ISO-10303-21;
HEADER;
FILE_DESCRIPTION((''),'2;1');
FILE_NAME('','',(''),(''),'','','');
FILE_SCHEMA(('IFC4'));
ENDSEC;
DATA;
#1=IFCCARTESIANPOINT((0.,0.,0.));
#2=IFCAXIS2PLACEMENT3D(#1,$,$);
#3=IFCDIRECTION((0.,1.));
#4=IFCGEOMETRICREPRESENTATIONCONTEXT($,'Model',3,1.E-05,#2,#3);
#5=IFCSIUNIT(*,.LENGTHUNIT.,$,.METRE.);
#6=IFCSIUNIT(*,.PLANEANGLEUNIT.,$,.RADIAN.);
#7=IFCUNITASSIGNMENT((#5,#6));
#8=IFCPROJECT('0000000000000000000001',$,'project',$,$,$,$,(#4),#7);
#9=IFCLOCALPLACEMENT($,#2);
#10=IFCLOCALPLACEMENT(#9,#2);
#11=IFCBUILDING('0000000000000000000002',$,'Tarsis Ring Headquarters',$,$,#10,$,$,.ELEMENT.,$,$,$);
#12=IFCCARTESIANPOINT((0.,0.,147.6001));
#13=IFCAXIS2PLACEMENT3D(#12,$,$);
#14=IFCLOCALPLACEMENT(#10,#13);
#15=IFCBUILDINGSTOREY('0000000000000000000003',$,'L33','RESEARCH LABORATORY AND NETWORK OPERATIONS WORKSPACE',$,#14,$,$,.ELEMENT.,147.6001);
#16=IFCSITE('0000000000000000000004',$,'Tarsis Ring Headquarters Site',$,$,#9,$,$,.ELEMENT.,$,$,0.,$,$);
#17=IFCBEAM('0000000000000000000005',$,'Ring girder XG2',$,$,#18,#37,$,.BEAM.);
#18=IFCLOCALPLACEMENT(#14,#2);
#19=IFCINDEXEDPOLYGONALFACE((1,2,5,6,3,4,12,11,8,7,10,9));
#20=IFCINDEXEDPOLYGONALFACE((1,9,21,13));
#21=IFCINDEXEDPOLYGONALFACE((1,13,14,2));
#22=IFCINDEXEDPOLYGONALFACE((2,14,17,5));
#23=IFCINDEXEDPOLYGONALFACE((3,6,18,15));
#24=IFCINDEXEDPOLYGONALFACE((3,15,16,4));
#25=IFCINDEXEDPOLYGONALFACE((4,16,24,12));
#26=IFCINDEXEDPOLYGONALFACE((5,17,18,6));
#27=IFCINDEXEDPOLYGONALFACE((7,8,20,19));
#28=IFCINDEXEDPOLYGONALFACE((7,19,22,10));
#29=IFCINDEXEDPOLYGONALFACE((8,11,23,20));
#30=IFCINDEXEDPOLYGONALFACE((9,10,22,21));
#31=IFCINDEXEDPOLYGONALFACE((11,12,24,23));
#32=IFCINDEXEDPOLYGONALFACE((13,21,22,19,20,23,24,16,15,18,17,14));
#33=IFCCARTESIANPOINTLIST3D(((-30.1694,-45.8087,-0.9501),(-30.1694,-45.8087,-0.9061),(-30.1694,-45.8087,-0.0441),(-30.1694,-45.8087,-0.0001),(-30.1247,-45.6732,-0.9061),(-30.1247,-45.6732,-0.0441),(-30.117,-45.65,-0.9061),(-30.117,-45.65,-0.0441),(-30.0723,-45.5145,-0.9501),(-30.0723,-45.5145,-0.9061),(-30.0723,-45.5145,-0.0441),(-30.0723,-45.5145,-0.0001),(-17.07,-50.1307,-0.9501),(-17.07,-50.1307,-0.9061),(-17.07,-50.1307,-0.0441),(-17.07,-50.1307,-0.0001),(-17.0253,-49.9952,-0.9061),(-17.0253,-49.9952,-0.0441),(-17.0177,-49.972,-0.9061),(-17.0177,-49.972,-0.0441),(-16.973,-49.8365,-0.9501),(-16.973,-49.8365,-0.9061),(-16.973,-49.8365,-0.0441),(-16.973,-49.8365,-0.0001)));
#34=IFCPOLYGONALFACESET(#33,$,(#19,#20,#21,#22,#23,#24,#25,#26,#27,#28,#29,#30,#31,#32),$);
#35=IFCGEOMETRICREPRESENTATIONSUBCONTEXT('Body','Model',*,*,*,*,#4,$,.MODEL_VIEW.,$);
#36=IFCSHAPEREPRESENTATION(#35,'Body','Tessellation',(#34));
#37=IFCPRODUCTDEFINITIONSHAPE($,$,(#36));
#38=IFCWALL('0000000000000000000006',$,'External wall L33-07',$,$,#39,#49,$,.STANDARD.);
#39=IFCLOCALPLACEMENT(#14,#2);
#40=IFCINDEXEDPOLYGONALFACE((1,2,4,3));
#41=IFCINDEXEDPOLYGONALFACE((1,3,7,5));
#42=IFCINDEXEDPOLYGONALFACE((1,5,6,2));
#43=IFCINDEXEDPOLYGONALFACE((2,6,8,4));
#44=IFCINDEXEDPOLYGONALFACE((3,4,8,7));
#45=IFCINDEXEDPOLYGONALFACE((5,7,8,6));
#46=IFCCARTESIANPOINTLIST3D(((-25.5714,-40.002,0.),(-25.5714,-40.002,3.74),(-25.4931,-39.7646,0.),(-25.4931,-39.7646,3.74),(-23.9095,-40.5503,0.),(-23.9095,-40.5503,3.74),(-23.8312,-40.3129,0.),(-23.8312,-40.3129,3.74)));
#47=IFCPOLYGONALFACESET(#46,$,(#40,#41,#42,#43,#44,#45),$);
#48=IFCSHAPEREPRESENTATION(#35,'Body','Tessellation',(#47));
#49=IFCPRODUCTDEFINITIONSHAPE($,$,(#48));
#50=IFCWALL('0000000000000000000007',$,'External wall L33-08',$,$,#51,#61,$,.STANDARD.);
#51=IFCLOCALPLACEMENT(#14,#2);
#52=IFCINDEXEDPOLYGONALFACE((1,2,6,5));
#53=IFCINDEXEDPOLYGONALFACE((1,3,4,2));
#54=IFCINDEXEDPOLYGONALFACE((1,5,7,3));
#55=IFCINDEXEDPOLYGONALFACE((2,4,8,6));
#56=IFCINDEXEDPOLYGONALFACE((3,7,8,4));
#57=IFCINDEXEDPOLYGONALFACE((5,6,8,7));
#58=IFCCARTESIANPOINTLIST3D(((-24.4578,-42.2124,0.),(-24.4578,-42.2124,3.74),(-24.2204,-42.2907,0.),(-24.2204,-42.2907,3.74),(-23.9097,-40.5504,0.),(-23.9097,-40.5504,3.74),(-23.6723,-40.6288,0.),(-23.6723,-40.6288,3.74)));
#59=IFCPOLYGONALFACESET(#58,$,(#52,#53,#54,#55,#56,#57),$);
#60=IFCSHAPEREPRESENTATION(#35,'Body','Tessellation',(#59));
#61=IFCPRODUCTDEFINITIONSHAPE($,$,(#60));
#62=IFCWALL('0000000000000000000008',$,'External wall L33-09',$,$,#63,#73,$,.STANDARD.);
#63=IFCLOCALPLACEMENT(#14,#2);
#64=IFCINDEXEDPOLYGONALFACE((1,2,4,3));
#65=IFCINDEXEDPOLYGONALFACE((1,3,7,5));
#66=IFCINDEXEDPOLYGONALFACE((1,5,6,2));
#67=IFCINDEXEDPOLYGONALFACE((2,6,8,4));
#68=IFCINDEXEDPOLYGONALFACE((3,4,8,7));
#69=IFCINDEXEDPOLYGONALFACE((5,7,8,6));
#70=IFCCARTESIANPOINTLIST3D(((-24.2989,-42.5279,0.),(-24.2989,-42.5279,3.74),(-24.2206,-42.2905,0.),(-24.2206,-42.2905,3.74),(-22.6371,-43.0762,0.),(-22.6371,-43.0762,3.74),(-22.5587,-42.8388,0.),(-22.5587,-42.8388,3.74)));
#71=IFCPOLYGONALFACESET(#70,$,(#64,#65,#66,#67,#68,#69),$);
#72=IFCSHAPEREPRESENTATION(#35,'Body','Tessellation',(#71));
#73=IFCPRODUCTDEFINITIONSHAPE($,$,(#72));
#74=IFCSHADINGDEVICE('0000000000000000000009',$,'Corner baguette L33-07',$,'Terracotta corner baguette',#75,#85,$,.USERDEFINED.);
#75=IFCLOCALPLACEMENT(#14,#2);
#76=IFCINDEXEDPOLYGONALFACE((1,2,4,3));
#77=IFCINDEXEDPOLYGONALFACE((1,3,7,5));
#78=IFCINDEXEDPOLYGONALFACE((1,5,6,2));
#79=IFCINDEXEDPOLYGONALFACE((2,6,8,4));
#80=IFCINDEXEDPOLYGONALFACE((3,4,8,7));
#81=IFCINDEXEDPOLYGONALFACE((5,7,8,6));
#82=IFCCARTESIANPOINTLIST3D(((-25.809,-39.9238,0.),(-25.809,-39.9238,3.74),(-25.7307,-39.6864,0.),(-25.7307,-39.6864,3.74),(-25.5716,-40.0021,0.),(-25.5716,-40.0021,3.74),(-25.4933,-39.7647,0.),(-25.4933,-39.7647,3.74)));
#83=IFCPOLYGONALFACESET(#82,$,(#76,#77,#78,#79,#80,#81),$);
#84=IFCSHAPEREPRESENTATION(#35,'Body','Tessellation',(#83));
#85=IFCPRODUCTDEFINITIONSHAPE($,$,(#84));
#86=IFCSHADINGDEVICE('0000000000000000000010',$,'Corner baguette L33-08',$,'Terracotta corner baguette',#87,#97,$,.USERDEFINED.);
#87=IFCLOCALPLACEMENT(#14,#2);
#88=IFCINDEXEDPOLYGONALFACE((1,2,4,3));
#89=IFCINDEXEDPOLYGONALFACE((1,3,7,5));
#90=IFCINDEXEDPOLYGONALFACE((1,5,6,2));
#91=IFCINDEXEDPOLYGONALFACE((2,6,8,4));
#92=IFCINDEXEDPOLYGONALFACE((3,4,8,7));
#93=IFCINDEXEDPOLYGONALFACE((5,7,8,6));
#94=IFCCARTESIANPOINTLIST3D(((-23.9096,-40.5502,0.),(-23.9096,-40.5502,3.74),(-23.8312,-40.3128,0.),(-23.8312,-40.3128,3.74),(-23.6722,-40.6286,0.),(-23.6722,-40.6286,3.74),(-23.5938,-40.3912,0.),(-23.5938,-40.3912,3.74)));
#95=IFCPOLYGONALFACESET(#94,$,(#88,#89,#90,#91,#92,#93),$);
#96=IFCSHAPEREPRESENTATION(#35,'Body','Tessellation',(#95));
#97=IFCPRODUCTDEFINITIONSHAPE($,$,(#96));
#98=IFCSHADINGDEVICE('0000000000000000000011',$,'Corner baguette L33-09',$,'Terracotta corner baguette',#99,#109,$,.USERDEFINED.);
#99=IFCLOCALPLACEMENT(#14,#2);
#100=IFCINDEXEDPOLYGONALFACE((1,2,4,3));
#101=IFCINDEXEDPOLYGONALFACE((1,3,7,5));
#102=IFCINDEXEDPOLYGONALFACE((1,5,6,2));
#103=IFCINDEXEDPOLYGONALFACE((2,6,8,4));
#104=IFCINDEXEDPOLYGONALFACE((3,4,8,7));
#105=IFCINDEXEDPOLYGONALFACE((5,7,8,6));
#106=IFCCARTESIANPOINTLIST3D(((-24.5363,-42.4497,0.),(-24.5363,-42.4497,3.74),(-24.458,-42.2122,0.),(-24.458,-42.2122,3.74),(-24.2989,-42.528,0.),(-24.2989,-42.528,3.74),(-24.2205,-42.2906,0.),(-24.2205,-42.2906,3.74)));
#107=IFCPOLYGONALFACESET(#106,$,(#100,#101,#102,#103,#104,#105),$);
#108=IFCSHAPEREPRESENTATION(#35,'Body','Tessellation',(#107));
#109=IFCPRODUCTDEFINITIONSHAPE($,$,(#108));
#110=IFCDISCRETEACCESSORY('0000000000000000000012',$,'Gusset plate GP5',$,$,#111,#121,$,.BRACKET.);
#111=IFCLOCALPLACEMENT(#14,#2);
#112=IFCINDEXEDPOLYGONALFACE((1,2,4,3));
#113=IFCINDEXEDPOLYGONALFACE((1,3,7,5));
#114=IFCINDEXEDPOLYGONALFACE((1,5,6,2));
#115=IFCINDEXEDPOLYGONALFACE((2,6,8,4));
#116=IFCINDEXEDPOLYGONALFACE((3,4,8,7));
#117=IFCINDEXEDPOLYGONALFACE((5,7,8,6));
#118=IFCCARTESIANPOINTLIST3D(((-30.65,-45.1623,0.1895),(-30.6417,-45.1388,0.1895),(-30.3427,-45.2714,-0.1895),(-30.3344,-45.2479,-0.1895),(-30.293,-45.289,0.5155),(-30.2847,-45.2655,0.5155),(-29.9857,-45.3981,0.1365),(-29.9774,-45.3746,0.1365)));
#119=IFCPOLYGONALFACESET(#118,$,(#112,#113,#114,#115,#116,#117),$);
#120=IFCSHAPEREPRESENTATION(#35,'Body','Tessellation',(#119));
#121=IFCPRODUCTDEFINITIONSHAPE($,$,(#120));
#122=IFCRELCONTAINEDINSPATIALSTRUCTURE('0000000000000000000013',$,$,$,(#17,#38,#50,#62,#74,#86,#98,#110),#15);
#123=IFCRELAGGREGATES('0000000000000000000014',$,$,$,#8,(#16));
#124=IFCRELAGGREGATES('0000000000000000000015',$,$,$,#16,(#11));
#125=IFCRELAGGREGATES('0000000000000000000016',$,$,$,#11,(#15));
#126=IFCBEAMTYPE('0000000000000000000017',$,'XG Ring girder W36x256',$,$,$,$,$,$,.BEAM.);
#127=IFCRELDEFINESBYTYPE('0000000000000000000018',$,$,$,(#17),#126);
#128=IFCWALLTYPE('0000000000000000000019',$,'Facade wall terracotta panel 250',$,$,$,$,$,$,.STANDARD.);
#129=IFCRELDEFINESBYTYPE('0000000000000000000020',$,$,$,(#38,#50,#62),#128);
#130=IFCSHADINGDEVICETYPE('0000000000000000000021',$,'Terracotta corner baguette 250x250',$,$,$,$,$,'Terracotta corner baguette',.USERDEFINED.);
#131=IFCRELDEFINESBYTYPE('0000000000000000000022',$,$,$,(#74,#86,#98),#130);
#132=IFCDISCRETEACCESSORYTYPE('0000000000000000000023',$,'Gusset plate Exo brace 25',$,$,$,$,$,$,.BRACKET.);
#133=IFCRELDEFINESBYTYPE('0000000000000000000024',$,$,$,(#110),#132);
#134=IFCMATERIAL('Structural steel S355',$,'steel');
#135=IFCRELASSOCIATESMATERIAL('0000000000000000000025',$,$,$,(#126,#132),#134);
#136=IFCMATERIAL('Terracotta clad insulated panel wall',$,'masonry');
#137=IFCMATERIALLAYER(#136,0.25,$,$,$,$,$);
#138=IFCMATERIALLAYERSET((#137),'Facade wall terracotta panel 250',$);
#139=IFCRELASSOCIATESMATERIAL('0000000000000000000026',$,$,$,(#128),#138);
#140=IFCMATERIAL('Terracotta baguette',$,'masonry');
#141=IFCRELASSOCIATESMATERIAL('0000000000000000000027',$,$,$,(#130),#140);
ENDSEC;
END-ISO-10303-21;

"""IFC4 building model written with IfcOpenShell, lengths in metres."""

from ifc_helpers import new_model, si_unit, direction, frame, frame_2d, origin, origin_2d, place, context, subcontext, project, spatial, rectangle, i_section, extrude, material, layer, layer_set, material_profile, profile_set, type_object, element, save


model = new_model("IFC4")

# Units and contexts
model_context = context("Model", 3, precision=1e-05, world=origin(), true_north=direction((0.0, 1.0)))
body_context = subcontext(model_context, "Body", "Model", "MODEL_VIEW")
ifc_project = project(units=[si_unit("LENGTHUNIT", "METRE"), si_unit("PLANEANGLEUNIT", "RADIAN")], contexts=[model_context])

# Site, building, storey
site_placement = place(None, origin())
site = spatial("IfcSite", under=ifc_project, at=site_placement, Name="Tarsis Ring Headquarters Site", CompositionType="ELEMENT", RefElevation=0.0)
building_placement = place(site_placement, origin())
building = spatial("IfcBuilding", under=site, at=building_placement, Name="Tarsis Ring Headquarters", CompositionType="ELEMENT")
storey_placement = place(building_placement, frame((0.0, 0.0, 147.6001)))
storey = spatial("IfcBuildingStorey", under=building, at=storey_placement, Name="L33", Description="RESEARCH LABORATORY AND NETWORK OPERATIONS WORKSPACE", CompositionType="ELEMENT", Elevation=147.6001)

# Shared definitions
ifc_material_1 = material(Name="Structural steel S355", Category="steel")

# Shared definitions
ifc_material_profile_1 = material_profile(ifc_material_1, i_section(OverallWidth=0.3098, OverallDepth=0.95, WebThickness=0.0244, FlangeThickness=0.0439, at=origin_2d()), Name="W36x256")
ifc_profile_set_1 = profile_set([ifc_material_profile_1], Name="Structural steel S355")

# Beam
beam_type_1 = type_object("IfcBeamType", Name="XG Ring girder W36x256", PredefinedType="BEAM", material=ifc_profile_set_1)
beam_1_placement = place(storey_placement, frame((-30.1208, -45.6616, -0.4751), z_axis=(0.949645, -0.313327, 0.0), x_axis=(0.313327, 0.949645, 0.0)))
element("IfcBeam", 1, at=beam_1_placement, inside=storey, type_object=beam_type_1, Name="Ring girder XG2", PredefinedType="BEAM", context=body_context, shape_type="SweptSolid", body=[
    extrude(i_section(OverallWidth=0.3098, OverallDepth=0.95, WebThickness=0.0244, FlangeThickness=0.0439, at=origin_2d()), origin(), (0.0, 0.0, 1.0), 13.7939),
])

# Walls
ifc_material_2 = material(Name="Terracotta clad insulated panel wall", Category="masonry")
ifc_layer = layer(ifc_material_2, 0.25)
ifc_layer_set = layer_set([ifc_layer], Name="Facade wall terracotta panel 250")
wall_type = type_object("IfcWallType", Name="Facade wall terracotta panel 250", PredefinedType="STANDARD", material=ifc_layer_set)
for number, where, z_axis, x_axis, name in (
    (2, (-25.5322, -39.8833, 0.0), (0.0, 0.0, 1.0), (0.949642, -0.313338, 0.0), "External wall L33-07"),
    (3, (-23.791, -40.5896, 0.0), (0.0, 0.0, 1.0), (-0.313213, -0.949683, 0.0), "External wall L33-08"),
    (4, (-24.2598, -42.4092, 0.0), (0.0, 0.0, 1.0), (0.949642, -0.313338, 0.0), "External wall L33-09"),
):
    element("IfcWall", number, at=place(storey_placement, frame(where, z_axis=z_axis, x_axis=x_axis)), inside=storey, type_object=wall_type, Name=name, PredefinedType="STANDARD", context=body_context, shape_type="SweptSolid", body=[
        extrude(rectangle(XDim=1.75, YDim=0.25, at=frame_2d((0.875, 0.0))), origin(), (0.0, 0.0, 1.0), 3.74),
    ])

# Shading devices
ifc_material_3 = material(Name="Terracotta baguette", Category="masonry")
shading_device_type_1 = type_object("IfcShadingDeviceType", Name="Terracotta corner baguette 250x250", ElementType="Terracotta corner baguette", PredefinedType="USERDEFINED", material=ifc_material_3)
for number, where, z_axis, x_axis, name in (
    (5, (-25.6511, -39.8442, 0.0), (0.0, 0.0, 1.0), (-0.31333, -0.949644, 0.0), "Corner baguette L33-07"),
    (6, (-23.7517, -40.4707, 0.0), (0.0, 0.0, 1.0), (0.949644, -0.313329, 0.0), "Corner baguette L33-08"),
    (7, (-24.3784, -42.3701, 0.0), (0.0, 0.0, 1.0), (-0.313329, -0.949644, 0.0), "Corner baguette L33-09"),
):
    element("IfcShadingDevice", number, at=place(storey_placement, frame(where, z_axis=z_axis, x_axis=x_axis)), inside=storey, type_object=shading_device_type_1, Name=name, ObjectType="Terracotta corner baguette", PredefinedType="USERDEFINED", context=body_context, shape_type="SweptSolid", body=[
        extrude(rectangle(XDim=0.25, YDim=0.25, at=origin_2d()), origin(), (0.0, 0.0, 1.0), 3.74),
    ])

# Discrete accessory
ifc_material_profile_2 = material_profile(ifc_material_1, rectangle(XDim=0.0249, YDim=0.5, at=origin_2d()), Name="PL 25x500")
ifc_profile_set_2 = profile_set([ifc_material_profile_2], Name="Structural steel S355")
discrete_accessory_type = type_object("IfcDiscreteAccessoryType", Name="Gusset plate Exo brace 25", PredefinedType="BRACKET", material=ifc_profile_set_2)
discrete_accessory_placement = place(storey_placement, frame((-30.4922, -45.2051, 0.0), z_axis=(0.714316, -0.253577, 0.652266), x_axis=(0.334539, 0.942382, 0.0)))
element("IfcDiscreteAccessory", 8, at=discrete_accessory_placement, inside=storey, type_object=discrete_accessory_type, Name="Gusset plate GP5", PredefinedType="BRACKET", context=body_context, shape_type="SweptSolid", body=[
    extrude(rectangle(XDim=0.0249, YDim=0.5, at=origin_2d()), origin(), (0.0, 0.0, 1.0), 0.4998),
])

save(model, "model.ifc")
